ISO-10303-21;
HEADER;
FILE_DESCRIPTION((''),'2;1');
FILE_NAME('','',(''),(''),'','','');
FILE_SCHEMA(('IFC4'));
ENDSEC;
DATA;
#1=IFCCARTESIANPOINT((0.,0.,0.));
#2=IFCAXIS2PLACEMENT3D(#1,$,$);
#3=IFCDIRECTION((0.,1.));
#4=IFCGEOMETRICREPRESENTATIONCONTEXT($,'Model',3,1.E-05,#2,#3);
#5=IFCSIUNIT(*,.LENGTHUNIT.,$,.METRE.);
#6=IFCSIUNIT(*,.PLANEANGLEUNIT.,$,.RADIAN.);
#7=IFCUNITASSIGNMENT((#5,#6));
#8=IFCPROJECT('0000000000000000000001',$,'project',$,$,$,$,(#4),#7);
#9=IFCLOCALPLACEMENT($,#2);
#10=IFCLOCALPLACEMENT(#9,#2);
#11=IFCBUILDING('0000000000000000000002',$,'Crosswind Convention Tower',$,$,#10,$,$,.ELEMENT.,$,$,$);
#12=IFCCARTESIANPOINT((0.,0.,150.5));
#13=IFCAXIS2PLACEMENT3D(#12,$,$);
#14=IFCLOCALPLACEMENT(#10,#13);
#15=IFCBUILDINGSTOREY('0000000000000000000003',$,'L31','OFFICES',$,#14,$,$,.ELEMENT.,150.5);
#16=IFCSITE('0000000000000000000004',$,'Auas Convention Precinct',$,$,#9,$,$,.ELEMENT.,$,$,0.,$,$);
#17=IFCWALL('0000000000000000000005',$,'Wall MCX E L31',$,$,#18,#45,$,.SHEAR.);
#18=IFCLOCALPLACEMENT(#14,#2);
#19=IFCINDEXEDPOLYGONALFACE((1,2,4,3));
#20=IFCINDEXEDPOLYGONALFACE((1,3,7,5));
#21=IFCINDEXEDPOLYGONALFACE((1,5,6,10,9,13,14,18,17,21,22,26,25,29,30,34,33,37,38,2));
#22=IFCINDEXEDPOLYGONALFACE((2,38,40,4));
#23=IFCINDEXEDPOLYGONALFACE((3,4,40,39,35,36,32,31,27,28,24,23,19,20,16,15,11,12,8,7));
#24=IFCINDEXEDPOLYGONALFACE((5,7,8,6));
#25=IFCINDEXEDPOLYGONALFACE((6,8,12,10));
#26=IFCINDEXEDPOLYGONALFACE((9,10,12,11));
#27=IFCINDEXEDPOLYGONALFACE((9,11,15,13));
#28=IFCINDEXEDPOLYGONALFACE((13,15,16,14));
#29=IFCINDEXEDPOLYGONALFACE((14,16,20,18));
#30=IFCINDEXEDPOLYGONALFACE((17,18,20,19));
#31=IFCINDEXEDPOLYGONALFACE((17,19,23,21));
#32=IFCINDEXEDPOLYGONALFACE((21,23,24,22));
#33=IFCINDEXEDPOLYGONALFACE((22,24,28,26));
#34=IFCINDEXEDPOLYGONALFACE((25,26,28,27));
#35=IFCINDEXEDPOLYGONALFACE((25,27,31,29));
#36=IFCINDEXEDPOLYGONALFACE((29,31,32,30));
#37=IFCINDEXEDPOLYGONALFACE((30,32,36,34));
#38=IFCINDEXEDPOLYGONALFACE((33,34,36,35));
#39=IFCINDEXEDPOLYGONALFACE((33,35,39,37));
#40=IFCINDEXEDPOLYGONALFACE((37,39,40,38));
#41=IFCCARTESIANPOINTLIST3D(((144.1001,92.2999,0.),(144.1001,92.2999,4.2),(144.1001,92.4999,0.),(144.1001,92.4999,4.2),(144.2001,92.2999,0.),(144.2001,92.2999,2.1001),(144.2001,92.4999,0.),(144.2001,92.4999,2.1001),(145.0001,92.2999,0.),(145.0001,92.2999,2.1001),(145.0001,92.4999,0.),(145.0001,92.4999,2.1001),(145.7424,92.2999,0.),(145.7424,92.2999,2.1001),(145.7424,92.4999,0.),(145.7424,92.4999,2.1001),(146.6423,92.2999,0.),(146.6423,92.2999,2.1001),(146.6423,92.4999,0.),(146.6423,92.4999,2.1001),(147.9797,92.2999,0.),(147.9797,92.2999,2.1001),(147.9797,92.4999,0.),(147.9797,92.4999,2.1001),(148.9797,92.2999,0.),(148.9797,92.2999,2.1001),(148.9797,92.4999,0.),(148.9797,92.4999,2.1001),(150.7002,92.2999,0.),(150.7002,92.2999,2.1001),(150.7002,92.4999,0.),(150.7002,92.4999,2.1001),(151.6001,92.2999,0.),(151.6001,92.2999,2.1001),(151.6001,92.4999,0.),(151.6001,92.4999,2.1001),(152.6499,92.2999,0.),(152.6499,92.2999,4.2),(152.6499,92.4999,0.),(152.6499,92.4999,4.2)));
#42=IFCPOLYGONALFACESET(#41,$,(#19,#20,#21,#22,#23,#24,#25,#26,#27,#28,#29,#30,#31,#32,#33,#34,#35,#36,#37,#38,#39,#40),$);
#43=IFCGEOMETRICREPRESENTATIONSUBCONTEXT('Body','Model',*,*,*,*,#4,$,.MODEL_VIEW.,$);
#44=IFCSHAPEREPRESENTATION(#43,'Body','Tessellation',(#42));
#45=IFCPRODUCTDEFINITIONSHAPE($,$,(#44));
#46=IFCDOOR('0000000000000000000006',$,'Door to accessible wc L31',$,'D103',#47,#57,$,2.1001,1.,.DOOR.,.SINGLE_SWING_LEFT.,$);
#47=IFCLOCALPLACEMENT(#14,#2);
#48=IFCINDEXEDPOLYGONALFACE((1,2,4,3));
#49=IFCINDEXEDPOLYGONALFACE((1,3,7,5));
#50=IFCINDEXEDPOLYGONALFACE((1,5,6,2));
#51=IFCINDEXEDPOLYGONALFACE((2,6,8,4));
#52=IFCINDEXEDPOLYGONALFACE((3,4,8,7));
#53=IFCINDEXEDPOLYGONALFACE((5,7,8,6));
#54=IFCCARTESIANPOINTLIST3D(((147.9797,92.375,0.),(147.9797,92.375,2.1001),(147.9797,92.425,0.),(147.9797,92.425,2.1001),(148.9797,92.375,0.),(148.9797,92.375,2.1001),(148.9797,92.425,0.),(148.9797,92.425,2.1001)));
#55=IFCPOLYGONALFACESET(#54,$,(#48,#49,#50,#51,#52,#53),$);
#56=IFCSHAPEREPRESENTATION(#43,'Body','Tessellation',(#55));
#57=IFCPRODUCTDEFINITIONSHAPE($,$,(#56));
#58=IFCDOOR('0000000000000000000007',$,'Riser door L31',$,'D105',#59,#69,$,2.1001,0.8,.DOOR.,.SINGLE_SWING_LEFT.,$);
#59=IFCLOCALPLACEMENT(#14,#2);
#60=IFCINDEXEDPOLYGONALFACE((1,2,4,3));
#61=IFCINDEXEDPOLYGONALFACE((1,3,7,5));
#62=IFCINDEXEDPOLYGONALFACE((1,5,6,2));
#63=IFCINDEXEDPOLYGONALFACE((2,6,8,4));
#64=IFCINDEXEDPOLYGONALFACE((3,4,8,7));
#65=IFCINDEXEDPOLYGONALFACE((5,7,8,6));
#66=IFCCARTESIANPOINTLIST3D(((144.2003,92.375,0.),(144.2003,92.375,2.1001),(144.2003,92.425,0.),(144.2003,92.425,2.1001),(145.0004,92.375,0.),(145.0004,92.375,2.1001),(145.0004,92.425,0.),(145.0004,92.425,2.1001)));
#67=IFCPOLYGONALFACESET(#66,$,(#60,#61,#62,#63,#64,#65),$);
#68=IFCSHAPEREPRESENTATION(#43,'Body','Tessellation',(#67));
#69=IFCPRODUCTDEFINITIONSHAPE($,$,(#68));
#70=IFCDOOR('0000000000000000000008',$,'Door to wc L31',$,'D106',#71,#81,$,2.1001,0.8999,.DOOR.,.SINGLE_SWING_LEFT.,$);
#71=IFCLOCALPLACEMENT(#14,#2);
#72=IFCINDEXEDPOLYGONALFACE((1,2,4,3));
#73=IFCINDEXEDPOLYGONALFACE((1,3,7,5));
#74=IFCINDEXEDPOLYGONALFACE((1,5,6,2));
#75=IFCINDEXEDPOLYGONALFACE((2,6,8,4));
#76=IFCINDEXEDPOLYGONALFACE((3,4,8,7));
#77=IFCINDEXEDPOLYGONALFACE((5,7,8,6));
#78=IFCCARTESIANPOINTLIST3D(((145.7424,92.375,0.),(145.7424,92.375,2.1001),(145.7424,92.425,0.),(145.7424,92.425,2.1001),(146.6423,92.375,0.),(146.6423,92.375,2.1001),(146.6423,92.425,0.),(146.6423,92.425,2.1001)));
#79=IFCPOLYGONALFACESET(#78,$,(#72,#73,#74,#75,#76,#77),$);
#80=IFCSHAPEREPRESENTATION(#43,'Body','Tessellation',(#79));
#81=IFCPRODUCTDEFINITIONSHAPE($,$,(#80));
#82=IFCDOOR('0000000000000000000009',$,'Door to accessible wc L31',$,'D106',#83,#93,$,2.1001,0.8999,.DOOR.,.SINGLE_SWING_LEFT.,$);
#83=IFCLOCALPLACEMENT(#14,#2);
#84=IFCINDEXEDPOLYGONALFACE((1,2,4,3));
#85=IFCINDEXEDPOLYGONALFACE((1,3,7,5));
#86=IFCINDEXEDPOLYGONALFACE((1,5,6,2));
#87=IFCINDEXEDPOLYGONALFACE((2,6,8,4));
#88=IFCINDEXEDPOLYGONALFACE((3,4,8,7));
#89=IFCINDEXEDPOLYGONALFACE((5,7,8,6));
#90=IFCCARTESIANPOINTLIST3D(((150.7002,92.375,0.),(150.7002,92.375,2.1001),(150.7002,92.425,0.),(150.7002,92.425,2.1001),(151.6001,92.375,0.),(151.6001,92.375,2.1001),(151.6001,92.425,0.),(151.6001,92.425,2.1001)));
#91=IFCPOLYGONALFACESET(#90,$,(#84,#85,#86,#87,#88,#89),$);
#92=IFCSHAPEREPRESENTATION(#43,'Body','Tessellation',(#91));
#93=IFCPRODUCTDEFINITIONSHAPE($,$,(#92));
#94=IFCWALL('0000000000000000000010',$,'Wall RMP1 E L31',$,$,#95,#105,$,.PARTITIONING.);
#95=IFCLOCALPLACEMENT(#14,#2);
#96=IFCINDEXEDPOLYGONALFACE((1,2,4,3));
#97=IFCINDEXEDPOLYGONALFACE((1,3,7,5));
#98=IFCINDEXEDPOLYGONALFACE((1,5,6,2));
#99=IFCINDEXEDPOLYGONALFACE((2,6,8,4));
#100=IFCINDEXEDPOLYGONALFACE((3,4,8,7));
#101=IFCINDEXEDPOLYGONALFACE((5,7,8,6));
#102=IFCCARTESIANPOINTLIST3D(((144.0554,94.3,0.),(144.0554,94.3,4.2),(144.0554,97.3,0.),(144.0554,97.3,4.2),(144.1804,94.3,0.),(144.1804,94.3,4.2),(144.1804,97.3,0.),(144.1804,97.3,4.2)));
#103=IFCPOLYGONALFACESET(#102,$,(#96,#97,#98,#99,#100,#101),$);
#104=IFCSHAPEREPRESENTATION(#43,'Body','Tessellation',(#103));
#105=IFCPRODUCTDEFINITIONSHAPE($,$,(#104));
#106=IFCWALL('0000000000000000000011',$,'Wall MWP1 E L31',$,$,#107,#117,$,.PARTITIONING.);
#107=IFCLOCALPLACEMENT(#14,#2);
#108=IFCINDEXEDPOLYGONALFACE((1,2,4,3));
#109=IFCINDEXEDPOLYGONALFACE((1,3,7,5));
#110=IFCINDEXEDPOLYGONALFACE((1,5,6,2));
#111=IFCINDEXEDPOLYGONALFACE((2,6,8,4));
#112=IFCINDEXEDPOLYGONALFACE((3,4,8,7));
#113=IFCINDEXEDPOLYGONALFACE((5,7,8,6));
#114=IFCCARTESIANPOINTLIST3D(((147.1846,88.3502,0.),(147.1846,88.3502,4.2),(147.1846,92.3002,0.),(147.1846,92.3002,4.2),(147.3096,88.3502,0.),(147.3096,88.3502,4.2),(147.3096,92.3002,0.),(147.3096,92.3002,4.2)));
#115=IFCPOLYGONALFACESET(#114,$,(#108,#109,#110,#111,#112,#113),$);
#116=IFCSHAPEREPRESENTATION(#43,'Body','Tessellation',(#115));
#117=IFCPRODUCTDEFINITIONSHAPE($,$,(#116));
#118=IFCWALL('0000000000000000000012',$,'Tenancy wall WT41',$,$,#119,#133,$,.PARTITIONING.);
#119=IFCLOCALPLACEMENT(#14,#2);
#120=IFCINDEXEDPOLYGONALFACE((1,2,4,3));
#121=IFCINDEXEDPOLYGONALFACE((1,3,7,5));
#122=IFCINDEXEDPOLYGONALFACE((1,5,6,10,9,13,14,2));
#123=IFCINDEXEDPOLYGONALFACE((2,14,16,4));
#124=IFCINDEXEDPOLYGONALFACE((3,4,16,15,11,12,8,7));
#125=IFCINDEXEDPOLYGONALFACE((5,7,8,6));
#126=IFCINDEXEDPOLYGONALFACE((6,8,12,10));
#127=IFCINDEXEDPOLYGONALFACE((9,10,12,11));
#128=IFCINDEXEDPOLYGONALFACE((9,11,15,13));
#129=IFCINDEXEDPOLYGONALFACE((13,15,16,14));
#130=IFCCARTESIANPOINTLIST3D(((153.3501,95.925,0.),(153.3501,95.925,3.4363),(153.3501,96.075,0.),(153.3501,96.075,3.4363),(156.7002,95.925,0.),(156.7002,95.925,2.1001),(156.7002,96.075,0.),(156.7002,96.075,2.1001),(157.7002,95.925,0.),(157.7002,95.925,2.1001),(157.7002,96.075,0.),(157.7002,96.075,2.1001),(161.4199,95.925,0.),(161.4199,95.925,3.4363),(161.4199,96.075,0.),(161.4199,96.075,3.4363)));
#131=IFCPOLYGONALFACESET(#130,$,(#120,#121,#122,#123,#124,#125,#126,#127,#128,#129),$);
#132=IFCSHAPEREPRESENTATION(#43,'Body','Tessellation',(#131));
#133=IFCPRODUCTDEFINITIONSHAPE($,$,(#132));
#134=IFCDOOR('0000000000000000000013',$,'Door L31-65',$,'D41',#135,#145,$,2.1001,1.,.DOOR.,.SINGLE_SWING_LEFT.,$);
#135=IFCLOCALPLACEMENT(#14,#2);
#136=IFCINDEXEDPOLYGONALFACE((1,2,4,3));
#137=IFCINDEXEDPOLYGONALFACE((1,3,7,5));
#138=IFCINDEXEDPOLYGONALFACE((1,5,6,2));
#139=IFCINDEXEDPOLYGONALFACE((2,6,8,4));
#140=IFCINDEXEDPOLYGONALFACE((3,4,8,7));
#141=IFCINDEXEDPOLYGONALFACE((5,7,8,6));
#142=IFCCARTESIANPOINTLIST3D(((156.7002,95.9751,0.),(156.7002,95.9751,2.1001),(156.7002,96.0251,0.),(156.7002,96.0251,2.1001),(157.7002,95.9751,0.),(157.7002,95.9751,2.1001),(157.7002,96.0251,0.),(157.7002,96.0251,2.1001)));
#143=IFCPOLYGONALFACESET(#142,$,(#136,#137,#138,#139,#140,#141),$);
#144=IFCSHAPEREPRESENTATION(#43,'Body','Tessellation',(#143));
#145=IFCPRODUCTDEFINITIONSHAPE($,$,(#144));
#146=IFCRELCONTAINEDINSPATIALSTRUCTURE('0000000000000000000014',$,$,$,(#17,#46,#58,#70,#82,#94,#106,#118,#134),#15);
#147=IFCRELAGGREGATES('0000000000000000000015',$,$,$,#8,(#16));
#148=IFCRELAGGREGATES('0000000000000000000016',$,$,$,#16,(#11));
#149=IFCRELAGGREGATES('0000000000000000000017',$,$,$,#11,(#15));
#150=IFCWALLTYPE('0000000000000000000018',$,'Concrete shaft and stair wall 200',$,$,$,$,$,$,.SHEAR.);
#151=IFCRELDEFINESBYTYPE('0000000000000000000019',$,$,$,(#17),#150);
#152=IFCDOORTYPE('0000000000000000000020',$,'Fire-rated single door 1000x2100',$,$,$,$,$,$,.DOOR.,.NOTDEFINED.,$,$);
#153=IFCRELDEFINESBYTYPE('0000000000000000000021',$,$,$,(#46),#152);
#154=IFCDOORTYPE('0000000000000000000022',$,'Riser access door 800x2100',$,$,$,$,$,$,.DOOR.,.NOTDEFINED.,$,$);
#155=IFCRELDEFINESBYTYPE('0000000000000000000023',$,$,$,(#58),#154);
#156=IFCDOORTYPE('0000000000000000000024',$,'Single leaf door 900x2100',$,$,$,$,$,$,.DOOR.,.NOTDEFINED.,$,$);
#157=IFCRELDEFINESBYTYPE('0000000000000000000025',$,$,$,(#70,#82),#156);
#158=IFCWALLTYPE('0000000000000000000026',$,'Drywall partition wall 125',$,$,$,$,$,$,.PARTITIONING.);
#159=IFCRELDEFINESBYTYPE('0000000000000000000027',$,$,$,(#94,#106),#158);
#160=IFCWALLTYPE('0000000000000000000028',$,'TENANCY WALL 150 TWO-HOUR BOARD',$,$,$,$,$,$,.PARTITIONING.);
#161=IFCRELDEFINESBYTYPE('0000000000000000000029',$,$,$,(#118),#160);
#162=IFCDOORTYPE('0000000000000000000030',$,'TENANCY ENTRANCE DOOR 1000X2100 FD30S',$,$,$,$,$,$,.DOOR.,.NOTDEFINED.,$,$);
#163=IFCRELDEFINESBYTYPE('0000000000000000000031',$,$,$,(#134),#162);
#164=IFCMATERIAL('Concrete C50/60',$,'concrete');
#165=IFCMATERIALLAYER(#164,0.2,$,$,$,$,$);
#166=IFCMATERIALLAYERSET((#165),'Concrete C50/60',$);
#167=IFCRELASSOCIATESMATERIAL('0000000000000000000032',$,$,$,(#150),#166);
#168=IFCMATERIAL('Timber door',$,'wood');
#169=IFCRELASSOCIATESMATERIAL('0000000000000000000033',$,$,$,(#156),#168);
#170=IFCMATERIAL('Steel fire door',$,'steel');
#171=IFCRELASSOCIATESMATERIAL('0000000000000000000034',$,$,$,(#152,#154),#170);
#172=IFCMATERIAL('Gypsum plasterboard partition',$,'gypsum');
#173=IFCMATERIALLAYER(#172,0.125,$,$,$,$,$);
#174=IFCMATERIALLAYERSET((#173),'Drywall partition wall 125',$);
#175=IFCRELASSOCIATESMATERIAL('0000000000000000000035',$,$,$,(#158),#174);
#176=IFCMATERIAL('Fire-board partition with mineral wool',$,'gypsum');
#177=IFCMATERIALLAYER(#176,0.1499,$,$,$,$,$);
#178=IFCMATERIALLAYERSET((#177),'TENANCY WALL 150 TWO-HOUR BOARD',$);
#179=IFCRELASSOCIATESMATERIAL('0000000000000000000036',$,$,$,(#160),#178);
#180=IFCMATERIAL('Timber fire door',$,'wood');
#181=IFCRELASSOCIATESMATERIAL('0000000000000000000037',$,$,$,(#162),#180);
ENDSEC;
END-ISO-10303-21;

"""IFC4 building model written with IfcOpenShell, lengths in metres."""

from ifc_helpers import new_model, si_unit, direction, frame, frame_2d, origin, place, context, subcontext, project, spatial, rectangle, extrude, material, layer, layer_set, type_object, element, fill, save


model = new_model("IFC4")

# Units and contexts
model_context = context("Model", 3, precision=1e-05, world=origin(), true_north=direction((0.0, 1.0)))
body_context = subcontext(model_context, "Body", "Model", "MODEL_VIEW")
ifc_project = project(units=[si_unit("LENGTHUNIT", "METRE"), si_unit("PLANEANGLEUNIT", "RADIAN")], contexts=[model_context])

# Site, building, storey
site_placement = place(None, origin())
site = spatial("IfcSite", under=ifc_project, at=site_placement, Name="Auas Convention Precinct", CompositionType="ELEMENT", RefElevation=0.0)
building_placement = place(site_placement, origin())
building = spatial("IfcBuilding", under=site, at=building_placement, Name="Crosswind Convention Tower", CompositionType="ELEMENT")
storey_placement = place(building_placement, frame((0.0, 0.0, 150.5)))
storey = spatial("IfcBuildingStorey", under=building, at=storey_placement, Name="L31", Description="OFFICES", CompositionType="ELEMENT", Elevation=150.5)

# Shared definitions
ifc_material_1 = material(Name="Concrete C50/60", Category="concrete")
ifc_layer_1 = layer(ifc_material_1, 0.2)
ifc_layer_set_1 = layer_set([ifc_layer_1], Name="Concrete C50/60")
wall_type_1 = type_object("IfcWallType", Name="Concrete shaft and stair wall 200", PredefinedType="SHEAR", material=ifc_layer_set_1)

# Shared definitions
ifc_material_2 = material(Name="Timber door", Category="wood")
door_type_1 = type_object("IfcDoorType", Name="Single leaf door 900x2100", OperationType="NOTDEFINED", PredefinedType="DOOR", material=ifc_material_2)

# Wall, openings, doors
wall_1_placement = place(storey_placement, frame((144.1001, 92.3999, 0.0), z_axis=(0.0, 0.0, 1.0), x_axis=(1.0, 0.0, 0.0)))
wall_1 = element("IfcWall", 1, at=wall_1_placement, inside=storey, type_object=wall_type_1, Name="Wall MCX E L31", PredefinedType="SHEAR", context=body_context, shape_type="SweptSolid", body=[
    extrude(rectangle(XDim=8.5498, YDim=0.2, at=frame_2d((4.2749, 0.0))), origin(), (0.0, 0.0, 1.0), 4.2),
])
opening_1_placement = place(wall_1_placement, frame((0.1001, 0.0, 0.0)))
opening_1 = element("IfcOpeningElement", 2, at=opening_1_placement, cuts=wall_1, PredefinedType="OPENING", context=body_context, shape_type="SweptSolid", body=[
    extrude(rectangle(XDim=0.8, YDim=2.1001, at=frame_2d((0.3999, 1.05))), frame((0.0, 0.1099, 0.0), z_axis=(0.0, -1.0, 0.0), x_axis=(1.0, 0.0, 0.0)), (0.0, 0.0, 1.0), 0.22),
])
opening_2_placement = place(wall_1_placement, frame((1.6423, 0.0, 0.0)))
opening_2 = element("IfcOpeningElement", 3, at=opening_2_placement, cuts=wall_1, PredefinedType="OPENING", context=body_context, shape_type="SweptSolid", body=[
    extrude(rectangle(XDim=0.8999, YDim=2.1001, at=frame_2d((0.45, 1.05))), frame((0.0, 0.1099, 0.0), z_axis=(0.0, -1.0, 0.0), x_axis=(1.0, 0.0, 0.0)), (0.0, 0.0, 1.0), 0.22),
])
opening_3_placement = place(wall_1_placement, frame((3.8796, 0.0, 0.0)))
opening_3 = element("IfcOpeningElement", 4, at=opening_3_placement, cuts=wall_1, PredefinedType="OPENING", context=body_context, shape_type="SweptSolid", body=[
    extrude(rectangle(XDim=1.0, YDim=2.1001, at=frame_2d((0.5, 1.05))), frame((0.0, 0.1099, 0.0), z_axis=(0.0, -1.0, 0.0), x_axis=(1.0, 0.0, 0.0)), (0.0, 0.0, 1.0), 0.22),
])
opening_4_placement = place(wall_1_placement, frame((6.6001, 0.0, 0.0)))
opening_4 = element("IfcOpeningElement", 5, at=opening_4_placement, cuts=wall_1, PredefinedType="OPENING", context=body_context, shape_type="SweptSolid", body=[
    extrude(rectangle(XDim=0.8999, YDim=2.1001, at=frame_2d((0.45, 1.05))), frame((0.0, 0.1099, 0.0), z_axis=(0.0, -1.0, 0.0), x_axis=(1.0, 0.0, 0.0)), (0.0, 0.0, 1.0), 0.22),
])
ifc_material_3 = material(Name="Steel fire door", Category="steel")
door_type_2 = type_object("IfcDoorType", Name="Fire-rated single door 1000x2100", OperationType="NOTDEFINED", PredefinedType="DOOR", material=ifc_material_3)
door_1_placement = place(opening_3_placement, frame((1.0, 0.0, 0.0), z_axis=(0.0, 0.0, 1.0), x_axis=(-1.0, 0.0, 0.0)))
door_1 = element("IfcDoor", 6, at=door_1_placement, inside=storey, type_object=door_type_2, Name="Door to accessible wc L31", ObjectType="D103", OperationType="SINGLE_SWING_LEFT", OverallHeight=2.1001, OverallWidth=1.0, PredefinedType="DOOR", context=body_context, shape_type="SweptSolid", body=[
    extrude(rectangle(XDim=1.0, YDim=2.1001, at=frame_2d((0.5, 1.05))), frame((0.0, 0.0249, 0.0), z_axis=(0.0, -1.0, 0.0), x_axis=(1.0, 0.0, 0.0)), (0.0, 0.0, 1.0), 0.05),
])
fill(opening_3, door_1)
door_type_3 = type_object("IfcDoorType", Name="Riser access door 800x2100", OperationType="NOTDEFINED", PredefinedType="DOOR", material=ifc_material_3)
door_2_placement = place(opening_1_placement, frame((0.8, 0.0, 0.0), z_axis=(0.0, 0.0, 1.0), x_axis=(-1.0, 0.0, 0.0)))
door_2 = element("IfcDoor", 7, at=door_2_placement, inside=storey, type_object=door_type_3, Name="Riser door L31", ObjectType="D105", OperationType="SINGLE_SWING_LEFT", OverallHeight=2.1001, OverallWidth=0.8, PredefinedType="DOOR", context=body_context, shape_type="SweptSolid", body=[
    extrude(rectangle(XDim=0.8, YDim=2.1001, at=frame_2d((0.3999, 1.05))), frame((0.0, 0.0249, 0.0), z_axis=(0.0, -1.0, 0.0), x_axis=(1.0, 0.0, 0.0)), (0.0, 0.0, 1.0), 0.05),
])
fill(opening_1, door_2)
door_3_placement = place(opening_2_placement, frame((0.8999, 0.0, 0.0), z_axis=(0.0, 0.0, 1.0), x_axis=(-1.0, 0.0, 0.0)))
door_3 = element("IfcDoor", 8, at=door_3_placement, inside=storey, type_object=door_type_1, Name="Door to wc L31", ObjectType="D106", OperationType="SINGLE_SWING_LEFT", OverallHeight=2.1001, OverallWidth=0.8999, PredefinedType="DOOR", context=body_context, shape_type="SweptSolid", body=[
    extrude(rectangle(XDim=0.8999, YDim=2.1001, at=frame_2d((0.45, 1.05))), frame((0.0, 0.0249, 0.0), z_axis=(0.0, -1.0, 0.0), x_axis=(1.0, 0.0, 0.0)), (0.0, 0.0, 1.0), 0.05),
])
fill(opening_2, door_3)
door_4_placement = place(opening_4_placement, frame((0.8999, 0.0, 0.0), z_axis=(0.0, 0.0, 1.0), x_axis=(-1.0, 0.0, 0.0)))
door_4 = element("IfcDoor", 9, at=door_4_placement, inside=storey, type_object=door_type_1, Name="Door to accessible wc L31", ObjectType="D106", OperationType="SINGLE_SWING_LEFT", OverallHeight=2.1001, OverallWidth=0.8999, PredefinedType="DOOR", context=body_context, shape_type="SweptSolid", body=[
    extrude(rectangle(XDim=0.8999, YDim=2.1001, at=frame_2d((0.45, 1.05))), frame((0.0, 0.0249, 0.0), z_axis=(0.0, -1.0, 0.0), x_axis=(1.0, 0.0, 0.0)), (0.0, 0.0, 1.0), 0.05),
])
fill(opening_4, door_4)

# Walls
ifc_material_4 = material(Name="Gypsum plasterboard partition", Category="gypsum")
ifc_layer_2 = layer(ifc_material_4, 0.125)
ifc_layer_set_2 = layer_set([ifc_layer_2], Name="Drywall partition wall 125")
wall_type_2 = type_object("IfcWallType", Name="Drywall partition wall 125", PredefinedType="PARTITIONING", material=ifc_layer_set_2)
wall_2_placement = place(storey_placement, frame((144.1179, 94.3, 0.0), z_axis=(0.0, 0.0, 1.0), x_axis=(0.0, 1.0, 0.0)))
element("IfcWall", 10, at=wall_2_placement, inside=storey, type_object=wall_type_2, Name="Wall RMP1 E L31", PredefinedType="PARTITIONING", context=body_context, shape_type="SweptSolid", body=[
    extrude(rectangle(XDim=3.0, YDim=0.125, at=frame_2d((1.5, 0.0))), origin(), (0.0, 0.0, 1.0), 4.2),
])
wall_3_placement = place(storey_placement, frame((147.2471, 88.3501, 0.0), z_axis=(0.0, 0.0, 1.0), x_axis=(0.0, 1.0, 0.0)))
element("IfcWall", 11, at=wall_3_placement, inside=storey, type_object=wall_type_2, Name="Wall MWP1 E L31", PredefinedType="PARTITIONING", context=body_context, shape_type="SweptSolid", body=[
    extrude(rectangle(XDim=3.95, YDim=0.125, at=frame_2d((1.9751, 0.0))), origin(), (0.0, 0.0, 1.0), 4.2),
])

# Wall, opening, door
ifc_material_5 = material(Name="Fire-board partition with mineral wool", Category="gypsum")
ifc_layer_3 = layer(ifc_material_5, 0.1499)
ifc_layer_set_3 = layer_set([ifc_layer_3], Name="TENANCY WALL 150 TWO-HOUR BOARD")
wall_type_3 = type_object("IfcWallType", Name="TENANCY WALL 150 TWO-HOUR BOARD", PredefinedType="PARTITIONING", material=ifc_layer_set_3)
wall_4_placement = place(storey_placement, frame((153.3501, 96.0, 0.0), z_axis=(0.0, 0.0, 1.0), x_axis=(1.0, 0.0, 0.0)))
wall_4 = element("IfcWall", 12, at=wall_4_placement, inside=storey, type_object=wall_type_3, Name="Tenancy wall WT41", PredefinedType="PARTITIONING", context=body_context, shape_type="SweptSolid", body=[
    extrude(rectangle(XDim=8.0698, YDim=0.1499, at=frame_2d((4.0349, 0.0))), origin(), (0.0, 0.0, 1.0), 3.4363),
])
opening_5_placement = place(wall_4_placement, frame((3.3501, 0.0, 0.0)))
opening_5 = element("IfcOpeningElement", 13, at=opening_5_placement, cuts=wall_4, PredefinedType="OPENING", context=body_context, shape_type="SweptSolid", body=[
    extrude(rectangle(XDim=1.0, YDim=2.1001, at=frame_2d((0.5, 1.05))), frame((0.0, 0.085, 0.0), z_axis=(0.0, -1.0, 0.0), x_axis=(1.0, 0.0, 0.0)), (0.0, 0.0, 1.0), 0.1699),
])
ifc_material_6 = material(Name="Timber fire door", Category="wood")
door_type_4 = type_object("IfcDoorType", Name="TENANCY ENTRANCE DOOR 1000X2100 FD30S", OperationType="NOTDEFINED", PredefinedType="DOOR", material=ifc_material_6)
door_5_placement = place(opening_5_placement, frame((1.0, 0.0, 0.0), z_axis=(0.0, 0.0, 1.0), x_axis=(-1.0, 0.0, 0.0)))
door_5 = element("IfcDoor", 14, at=door_5_placement, inside=storey, type_object=door_type_4, Name="Door L31-65", ObjectType="D41", OperationType="SINGLE_SWING_LEFT", OverallHeight=2.1001, OverallWidth=1.0, PredefinedType="DOOR", context=body_context, shape_type="SweptSolid", body=[
    extrude(rectangle(XDim=1.0, YDim=2.1001, at=frame_2d((0.5, 1.05))), frame((0.0, 0.0249, 0.0), z_axis=(0.0, -1.0, 0.0), x_axis=(1.0, 0.0, 0.0)), (0.0, 0.0, 1.0), 0.05),
])
fill(opening_5, door_5)

save(model, "model.ifc")
